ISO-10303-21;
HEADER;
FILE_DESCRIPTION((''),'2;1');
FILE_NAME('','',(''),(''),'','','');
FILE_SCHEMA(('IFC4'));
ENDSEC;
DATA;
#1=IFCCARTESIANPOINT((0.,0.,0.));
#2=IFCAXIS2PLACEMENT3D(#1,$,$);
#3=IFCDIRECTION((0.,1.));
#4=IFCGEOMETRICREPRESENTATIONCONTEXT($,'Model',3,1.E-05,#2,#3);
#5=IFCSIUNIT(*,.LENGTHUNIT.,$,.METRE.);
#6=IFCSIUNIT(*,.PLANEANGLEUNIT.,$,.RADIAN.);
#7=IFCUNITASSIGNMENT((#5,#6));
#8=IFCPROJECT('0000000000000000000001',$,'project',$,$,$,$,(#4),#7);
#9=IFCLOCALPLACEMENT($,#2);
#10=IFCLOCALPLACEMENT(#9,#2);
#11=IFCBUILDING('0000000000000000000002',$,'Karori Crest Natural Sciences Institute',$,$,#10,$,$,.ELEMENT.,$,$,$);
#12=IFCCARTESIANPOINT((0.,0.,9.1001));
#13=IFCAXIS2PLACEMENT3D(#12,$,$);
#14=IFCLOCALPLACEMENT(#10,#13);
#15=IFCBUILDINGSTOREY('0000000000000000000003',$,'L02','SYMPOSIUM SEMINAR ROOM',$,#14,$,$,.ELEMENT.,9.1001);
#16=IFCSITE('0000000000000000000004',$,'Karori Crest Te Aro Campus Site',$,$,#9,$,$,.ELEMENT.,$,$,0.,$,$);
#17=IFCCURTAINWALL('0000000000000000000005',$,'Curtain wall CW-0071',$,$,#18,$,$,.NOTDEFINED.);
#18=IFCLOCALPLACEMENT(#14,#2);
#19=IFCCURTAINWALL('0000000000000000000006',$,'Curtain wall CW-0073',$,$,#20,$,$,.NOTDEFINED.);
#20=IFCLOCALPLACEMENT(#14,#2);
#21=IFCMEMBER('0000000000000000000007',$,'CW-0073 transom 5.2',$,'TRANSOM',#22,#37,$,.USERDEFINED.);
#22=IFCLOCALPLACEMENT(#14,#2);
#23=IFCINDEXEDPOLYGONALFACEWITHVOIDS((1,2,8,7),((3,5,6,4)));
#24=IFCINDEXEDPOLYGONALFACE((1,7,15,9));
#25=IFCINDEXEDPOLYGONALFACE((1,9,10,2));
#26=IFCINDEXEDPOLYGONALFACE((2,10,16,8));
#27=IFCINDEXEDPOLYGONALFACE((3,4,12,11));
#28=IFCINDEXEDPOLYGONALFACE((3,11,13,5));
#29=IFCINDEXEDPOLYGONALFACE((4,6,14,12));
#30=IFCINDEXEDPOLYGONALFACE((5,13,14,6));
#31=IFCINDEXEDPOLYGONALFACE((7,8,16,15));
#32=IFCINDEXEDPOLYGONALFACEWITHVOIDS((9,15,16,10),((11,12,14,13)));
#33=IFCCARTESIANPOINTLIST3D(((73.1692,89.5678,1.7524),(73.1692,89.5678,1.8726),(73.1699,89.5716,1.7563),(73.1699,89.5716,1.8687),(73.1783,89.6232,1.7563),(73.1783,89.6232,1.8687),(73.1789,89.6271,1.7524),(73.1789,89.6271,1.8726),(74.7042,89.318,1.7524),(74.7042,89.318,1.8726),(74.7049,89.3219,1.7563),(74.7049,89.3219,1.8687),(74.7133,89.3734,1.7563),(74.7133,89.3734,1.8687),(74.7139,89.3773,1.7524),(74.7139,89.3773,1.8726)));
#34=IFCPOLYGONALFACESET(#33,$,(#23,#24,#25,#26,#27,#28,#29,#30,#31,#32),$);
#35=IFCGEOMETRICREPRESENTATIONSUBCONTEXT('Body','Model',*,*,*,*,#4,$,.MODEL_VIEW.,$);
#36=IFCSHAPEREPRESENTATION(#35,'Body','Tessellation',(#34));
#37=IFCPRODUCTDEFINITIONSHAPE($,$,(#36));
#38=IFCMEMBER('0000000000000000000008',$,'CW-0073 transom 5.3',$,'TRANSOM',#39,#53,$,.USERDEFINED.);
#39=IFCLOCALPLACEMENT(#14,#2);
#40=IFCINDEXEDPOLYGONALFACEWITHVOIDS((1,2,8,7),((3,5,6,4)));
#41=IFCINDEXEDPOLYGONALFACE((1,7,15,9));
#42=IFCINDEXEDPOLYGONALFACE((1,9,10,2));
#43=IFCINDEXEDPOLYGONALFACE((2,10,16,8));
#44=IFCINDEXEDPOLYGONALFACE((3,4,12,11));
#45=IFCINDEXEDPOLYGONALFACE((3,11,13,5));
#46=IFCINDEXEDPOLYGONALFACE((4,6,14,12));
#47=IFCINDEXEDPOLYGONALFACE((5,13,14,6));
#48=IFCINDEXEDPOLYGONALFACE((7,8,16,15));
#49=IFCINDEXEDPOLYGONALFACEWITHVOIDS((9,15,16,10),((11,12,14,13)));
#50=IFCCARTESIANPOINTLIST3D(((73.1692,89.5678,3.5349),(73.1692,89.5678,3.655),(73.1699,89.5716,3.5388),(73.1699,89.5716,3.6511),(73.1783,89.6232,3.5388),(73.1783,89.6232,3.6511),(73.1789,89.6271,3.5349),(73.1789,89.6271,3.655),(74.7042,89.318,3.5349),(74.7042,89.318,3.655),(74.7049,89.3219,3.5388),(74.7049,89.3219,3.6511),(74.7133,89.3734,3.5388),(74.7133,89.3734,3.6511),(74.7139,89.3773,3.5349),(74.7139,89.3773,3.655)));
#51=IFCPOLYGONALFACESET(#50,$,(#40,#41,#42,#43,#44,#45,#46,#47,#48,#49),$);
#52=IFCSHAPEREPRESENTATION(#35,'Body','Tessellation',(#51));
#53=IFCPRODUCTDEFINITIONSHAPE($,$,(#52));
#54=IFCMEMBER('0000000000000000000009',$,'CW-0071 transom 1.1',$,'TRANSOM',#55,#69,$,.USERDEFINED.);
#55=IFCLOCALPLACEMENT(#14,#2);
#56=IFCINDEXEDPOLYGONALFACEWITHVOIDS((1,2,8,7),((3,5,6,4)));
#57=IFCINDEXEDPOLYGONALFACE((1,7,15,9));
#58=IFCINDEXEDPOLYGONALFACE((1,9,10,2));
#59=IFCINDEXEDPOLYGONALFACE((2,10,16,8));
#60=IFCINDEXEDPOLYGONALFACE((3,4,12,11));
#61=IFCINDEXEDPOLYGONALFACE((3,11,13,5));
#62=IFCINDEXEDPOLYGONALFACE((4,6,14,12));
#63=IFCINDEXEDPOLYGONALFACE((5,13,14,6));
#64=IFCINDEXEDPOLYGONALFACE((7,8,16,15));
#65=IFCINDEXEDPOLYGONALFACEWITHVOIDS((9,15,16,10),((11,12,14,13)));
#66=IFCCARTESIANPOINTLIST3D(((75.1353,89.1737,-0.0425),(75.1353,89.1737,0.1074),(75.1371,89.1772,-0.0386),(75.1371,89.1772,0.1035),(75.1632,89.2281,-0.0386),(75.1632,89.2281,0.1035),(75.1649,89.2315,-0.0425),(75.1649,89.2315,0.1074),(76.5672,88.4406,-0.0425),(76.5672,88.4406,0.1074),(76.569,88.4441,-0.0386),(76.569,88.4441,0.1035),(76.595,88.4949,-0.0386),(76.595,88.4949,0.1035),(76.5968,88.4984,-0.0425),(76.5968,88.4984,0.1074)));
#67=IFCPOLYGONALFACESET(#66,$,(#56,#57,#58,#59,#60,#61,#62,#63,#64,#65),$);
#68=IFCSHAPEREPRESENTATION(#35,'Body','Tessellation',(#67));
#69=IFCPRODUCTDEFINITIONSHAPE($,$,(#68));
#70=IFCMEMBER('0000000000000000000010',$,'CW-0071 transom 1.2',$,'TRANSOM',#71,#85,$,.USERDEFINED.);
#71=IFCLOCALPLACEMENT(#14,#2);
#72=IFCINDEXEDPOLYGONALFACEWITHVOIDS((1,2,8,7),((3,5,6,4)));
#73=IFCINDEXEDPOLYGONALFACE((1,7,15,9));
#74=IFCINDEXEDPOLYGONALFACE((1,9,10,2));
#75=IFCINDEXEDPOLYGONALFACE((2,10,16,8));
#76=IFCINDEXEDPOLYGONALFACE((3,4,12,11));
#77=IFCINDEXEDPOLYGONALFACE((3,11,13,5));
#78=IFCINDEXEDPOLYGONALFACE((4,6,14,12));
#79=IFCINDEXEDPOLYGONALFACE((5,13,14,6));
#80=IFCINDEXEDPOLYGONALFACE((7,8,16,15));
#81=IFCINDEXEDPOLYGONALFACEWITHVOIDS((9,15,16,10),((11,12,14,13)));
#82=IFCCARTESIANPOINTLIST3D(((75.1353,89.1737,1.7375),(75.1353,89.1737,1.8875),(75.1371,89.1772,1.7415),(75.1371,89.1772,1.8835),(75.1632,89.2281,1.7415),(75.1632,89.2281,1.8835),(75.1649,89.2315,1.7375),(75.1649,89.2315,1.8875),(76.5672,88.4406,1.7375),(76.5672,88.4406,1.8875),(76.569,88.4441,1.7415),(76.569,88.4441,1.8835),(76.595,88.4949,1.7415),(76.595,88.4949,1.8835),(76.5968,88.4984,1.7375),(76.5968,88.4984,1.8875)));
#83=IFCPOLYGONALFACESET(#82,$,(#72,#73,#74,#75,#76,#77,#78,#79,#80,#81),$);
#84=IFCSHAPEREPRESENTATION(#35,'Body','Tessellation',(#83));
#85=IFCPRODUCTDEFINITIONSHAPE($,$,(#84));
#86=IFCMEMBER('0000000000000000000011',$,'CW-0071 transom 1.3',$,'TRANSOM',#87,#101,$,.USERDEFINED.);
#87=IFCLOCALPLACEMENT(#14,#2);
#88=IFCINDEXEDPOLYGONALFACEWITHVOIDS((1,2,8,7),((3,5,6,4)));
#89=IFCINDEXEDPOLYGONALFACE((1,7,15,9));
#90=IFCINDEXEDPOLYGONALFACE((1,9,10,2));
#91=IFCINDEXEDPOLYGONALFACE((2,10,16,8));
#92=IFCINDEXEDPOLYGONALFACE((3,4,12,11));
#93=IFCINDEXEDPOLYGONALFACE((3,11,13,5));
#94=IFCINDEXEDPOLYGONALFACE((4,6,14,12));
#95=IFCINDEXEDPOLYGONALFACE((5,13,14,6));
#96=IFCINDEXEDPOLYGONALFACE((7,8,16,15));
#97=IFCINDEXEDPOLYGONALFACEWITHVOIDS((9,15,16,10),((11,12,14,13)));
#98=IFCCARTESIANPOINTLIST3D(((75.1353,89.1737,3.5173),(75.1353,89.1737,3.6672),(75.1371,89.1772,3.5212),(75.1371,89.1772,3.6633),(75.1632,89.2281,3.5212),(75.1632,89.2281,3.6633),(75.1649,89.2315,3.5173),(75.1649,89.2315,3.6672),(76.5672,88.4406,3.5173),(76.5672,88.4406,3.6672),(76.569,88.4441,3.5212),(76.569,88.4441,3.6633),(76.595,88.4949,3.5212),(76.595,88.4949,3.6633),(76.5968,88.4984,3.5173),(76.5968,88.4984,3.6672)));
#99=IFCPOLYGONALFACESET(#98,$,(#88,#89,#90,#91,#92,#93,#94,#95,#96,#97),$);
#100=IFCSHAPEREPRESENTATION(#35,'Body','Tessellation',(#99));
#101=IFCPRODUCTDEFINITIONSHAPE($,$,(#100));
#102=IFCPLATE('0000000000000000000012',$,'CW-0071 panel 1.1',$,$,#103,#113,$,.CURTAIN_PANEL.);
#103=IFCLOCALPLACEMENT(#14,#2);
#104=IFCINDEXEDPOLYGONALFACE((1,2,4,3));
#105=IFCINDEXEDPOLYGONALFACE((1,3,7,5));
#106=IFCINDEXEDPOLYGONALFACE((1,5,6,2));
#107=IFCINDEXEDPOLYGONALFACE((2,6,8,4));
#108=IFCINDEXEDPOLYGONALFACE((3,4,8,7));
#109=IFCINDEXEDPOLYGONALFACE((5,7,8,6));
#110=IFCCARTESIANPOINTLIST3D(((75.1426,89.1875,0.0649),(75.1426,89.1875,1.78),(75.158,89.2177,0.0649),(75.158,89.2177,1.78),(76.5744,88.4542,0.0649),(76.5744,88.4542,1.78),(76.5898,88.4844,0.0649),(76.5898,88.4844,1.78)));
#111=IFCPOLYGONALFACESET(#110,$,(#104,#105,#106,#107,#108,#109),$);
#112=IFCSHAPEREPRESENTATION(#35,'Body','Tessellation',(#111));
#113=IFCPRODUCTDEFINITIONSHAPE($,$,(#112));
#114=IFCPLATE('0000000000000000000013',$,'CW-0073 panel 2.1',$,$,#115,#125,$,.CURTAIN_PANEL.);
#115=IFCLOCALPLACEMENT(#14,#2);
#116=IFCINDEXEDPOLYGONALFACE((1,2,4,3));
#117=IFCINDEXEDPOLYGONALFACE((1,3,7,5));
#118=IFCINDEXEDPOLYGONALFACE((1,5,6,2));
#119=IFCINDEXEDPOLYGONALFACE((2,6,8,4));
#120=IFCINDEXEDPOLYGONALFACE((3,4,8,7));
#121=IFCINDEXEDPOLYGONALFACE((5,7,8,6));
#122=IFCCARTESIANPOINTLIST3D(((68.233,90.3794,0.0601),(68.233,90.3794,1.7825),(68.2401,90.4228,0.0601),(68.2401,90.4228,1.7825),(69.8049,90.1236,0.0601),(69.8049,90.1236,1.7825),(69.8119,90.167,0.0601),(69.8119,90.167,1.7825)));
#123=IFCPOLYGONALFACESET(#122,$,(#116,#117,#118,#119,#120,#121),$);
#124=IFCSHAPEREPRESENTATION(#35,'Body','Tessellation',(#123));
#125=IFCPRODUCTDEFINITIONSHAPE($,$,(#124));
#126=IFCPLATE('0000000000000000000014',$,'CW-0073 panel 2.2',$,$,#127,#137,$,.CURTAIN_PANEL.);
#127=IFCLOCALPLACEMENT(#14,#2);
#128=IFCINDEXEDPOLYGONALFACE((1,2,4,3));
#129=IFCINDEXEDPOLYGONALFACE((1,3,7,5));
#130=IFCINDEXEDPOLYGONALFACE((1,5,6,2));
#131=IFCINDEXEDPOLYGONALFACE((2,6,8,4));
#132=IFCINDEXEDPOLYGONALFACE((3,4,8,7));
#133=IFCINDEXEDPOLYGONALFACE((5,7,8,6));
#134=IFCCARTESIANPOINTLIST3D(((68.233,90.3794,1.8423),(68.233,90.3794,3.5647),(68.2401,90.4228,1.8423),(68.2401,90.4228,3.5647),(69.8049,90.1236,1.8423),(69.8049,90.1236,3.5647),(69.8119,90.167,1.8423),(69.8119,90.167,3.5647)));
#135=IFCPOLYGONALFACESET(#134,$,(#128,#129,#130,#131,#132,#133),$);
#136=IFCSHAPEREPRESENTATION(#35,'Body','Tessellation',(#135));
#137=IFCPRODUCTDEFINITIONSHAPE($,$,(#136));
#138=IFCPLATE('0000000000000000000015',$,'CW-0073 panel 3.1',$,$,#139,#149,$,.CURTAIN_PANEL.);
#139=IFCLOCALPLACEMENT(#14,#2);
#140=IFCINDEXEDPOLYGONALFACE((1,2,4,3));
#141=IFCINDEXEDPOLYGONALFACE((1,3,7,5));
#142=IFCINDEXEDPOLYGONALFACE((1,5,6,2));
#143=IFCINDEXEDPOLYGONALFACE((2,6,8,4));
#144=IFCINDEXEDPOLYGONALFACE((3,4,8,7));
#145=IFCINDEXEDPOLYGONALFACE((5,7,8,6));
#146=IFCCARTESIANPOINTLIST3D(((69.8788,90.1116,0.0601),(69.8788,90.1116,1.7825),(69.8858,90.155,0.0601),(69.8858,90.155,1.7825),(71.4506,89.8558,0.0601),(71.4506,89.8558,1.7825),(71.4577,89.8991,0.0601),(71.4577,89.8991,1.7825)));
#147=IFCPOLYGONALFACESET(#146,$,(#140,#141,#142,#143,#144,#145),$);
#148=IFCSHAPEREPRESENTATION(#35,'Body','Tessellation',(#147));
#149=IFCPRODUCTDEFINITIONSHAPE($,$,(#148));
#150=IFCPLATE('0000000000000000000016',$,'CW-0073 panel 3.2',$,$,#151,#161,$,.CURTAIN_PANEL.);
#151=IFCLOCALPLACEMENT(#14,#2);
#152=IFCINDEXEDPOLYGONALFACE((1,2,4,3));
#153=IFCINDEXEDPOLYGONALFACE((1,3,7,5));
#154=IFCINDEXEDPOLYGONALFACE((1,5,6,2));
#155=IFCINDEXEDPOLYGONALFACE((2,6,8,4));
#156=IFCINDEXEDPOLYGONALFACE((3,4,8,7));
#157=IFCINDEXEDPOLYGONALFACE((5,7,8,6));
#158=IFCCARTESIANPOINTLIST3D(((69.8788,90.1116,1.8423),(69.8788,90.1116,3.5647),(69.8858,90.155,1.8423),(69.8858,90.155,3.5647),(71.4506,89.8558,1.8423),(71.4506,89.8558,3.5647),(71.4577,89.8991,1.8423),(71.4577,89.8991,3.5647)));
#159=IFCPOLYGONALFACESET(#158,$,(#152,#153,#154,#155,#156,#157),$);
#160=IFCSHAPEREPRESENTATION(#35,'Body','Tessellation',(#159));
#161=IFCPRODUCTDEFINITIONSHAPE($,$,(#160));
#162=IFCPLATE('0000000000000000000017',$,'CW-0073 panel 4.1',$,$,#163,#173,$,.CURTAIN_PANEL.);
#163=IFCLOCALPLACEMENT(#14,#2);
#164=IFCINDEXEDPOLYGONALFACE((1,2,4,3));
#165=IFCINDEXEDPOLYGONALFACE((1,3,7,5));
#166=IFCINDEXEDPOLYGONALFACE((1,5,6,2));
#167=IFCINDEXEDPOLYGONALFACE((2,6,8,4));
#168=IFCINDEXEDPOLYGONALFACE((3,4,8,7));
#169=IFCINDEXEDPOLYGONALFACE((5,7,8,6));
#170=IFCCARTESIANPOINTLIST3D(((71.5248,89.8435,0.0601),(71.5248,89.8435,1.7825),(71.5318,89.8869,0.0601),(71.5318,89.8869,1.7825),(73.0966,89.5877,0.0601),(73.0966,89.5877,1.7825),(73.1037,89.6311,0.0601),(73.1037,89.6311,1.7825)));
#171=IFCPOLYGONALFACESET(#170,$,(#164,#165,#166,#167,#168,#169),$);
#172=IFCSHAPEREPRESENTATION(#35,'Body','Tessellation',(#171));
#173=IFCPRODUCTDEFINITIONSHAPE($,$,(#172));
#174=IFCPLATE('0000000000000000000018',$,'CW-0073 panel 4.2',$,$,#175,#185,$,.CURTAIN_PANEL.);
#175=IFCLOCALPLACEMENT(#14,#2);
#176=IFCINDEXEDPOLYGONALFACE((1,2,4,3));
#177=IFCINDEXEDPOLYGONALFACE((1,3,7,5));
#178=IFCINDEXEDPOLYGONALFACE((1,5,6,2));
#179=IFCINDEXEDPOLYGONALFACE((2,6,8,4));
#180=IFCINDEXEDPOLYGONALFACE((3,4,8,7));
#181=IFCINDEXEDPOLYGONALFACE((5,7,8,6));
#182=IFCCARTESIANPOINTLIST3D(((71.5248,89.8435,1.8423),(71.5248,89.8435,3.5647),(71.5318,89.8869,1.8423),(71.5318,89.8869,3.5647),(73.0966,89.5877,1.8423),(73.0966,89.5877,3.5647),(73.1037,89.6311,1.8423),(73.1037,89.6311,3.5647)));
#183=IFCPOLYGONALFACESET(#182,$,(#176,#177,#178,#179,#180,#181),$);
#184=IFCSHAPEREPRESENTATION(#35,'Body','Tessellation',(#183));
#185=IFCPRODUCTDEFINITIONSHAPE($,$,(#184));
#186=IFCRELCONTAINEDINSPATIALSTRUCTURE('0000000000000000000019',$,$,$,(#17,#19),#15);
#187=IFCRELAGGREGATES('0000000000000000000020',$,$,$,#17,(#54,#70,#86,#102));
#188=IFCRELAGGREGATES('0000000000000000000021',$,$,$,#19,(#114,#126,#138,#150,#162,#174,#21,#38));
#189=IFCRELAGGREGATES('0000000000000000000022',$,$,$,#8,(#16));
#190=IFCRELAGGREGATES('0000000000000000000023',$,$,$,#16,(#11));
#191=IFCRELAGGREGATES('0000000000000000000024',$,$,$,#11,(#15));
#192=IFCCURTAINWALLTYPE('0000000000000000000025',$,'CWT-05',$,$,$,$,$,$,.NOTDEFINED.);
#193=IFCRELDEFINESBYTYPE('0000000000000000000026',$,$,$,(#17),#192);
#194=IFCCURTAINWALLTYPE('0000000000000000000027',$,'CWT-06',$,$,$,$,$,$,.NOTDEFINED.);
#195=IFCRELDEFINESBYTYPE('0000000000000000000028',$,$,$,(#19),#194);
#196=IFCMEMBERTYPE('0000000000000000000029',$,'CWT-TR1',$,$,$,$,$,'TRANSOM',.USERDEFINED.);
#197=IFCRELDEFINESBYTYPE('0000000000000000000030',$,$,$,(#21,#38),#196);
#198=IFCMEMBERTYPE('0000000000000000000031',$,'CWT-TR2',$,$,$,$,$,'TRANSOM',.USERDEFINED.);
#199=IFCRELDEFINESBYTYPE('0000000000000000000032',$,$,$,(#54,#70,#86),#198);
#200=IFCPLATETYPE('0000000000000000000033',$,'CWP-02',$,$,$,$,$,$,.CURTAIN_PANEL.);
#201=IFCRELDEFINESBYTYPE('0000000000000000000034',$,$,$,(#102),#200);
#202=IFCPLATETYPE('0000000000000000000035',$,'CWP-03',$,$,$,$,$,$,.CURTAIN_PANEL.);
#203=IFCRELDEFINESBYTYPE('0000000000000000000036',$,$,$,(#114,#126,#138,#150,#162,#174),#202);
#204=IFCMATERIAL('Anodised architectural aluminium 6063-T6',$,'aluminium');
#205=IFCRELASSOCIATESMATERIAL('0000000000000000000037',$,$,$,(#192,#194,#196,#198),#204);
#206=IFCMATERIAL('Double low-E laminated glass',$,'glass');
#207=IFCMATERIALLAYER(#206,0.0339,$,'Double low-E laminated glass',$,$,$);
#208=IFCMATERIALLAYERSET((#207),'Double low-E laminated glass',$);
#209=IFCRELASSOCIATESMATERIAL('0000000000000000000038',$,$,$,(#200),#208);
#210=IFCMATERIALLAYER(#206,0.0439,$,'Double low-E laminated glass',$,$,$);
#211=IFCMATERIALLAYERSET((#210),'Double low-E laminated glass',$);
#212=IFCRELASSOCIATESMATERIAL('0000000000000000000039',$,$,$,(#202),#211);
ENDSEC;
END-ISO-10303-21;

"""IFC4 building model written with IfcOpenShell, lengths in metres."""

from ifc_helpers import new_model, si_unit, direction, frame, origin, origin_2d, place, context, subcontext, project, spatial, rectangle, hollow_rectangle, extrude, material, layer, layer_set, material_profile, profile_set, type_object, element, aggregate, save


model = new_model("IFC4")

# Units and contexts
model_context = context("Model", 3, precision=1e-05, world=origin(), true_north=direction((0.0, 1.0)))
body_context = subcontext(model_context, "Body", "Model", "MODEL_VIEW")
ifc_project = project(units=[si_unit("LENGTHUNIT", "METRE"), si_unit("PLANEANGLEUNIT", "RADIAN")], contexts=[model_context])

# Site, building, storey
site_placement = place(None, origin())
site = spatial("IfcSite", under=ifc_project, at=site_placement, Name="Karori Crest Te Aro Campus Site", CompositionType="ELEMENT", RefElevation=0.0)
building_placement = place(site_placement, origin())
building = spatial("IfcBuilding", under=site, at=building_placement, Name="Karori Crest Natural Sciences Institute", CompositionType="ELEMENT")
storey_placement = place(building_placement, frame((0.0, 0.0, 9.1001)))
storey = spatial("IfcBuildingStorey", under=building, at=storey_placement, Name="L02", Description="SYMPOSIUM SEMINAR ROOM", CompositionType="ELEMENT", Elevation=9.1001)

# Curtain wall
ifc_material_1 = material(Name="Anodised architectural aluminium 6063-T6", Category="aluminium")
curtain_wall_type_1 = type_object("IfcCurtainWallType", Name="CWT-05", PredefinedType="NOTDEFINED", material=ifc_material_1)
curtain_wall_1_placement = place(storey_placement, origin())
curtain_wall_1 = element("IfcCurtainWall", 1, at=curtain_wall_1_placement, inside=storey, type_object=curtain_wall_type_1, Name="Curtain wall CW-0071", PredefinedType="NOTDEFINED")

# Curtain wall, members
curtain_wall_type_2 = type_object("IfcCurtainWallType", Name="CWT-06", PredefinedType="NOTDEFINED", material=ifc_material_1)
curtain_wall_2_placement = place(storey_placement, origin())
curtain_wall_2 = element("IfcCurtainWall", 2, at=curtain_wall_2_placement, inside=storey, type_object=curtain_wall_type_2, Name="Curtain wall CW-0073", PredefinedType="NOTDEFINED")
ifc_material_profile_1 = material_profile(ifc_material_1, hollow_rectangle(XDim=0.0601, YDim=0.1201, WallThickness=0.0039, at=origin_2d()), Name="CWT120x60x4")
ifc_profile_set_1 = profile_set([ifc_material_profile_1], Name="Anodised architectural aluminium 6063-T6")
member_type_1 = type_object("IfcMemberType", Name="CWT-TR1", ElementType="TRANSOM", PredefinedType="USERDEFINED", material=ifc_profile_set_1)
member_1_placement = place(storey_placement, frame((73.1741, 89.5974, 1.8125), z_axis=(0.987019, -0.160604, 0.0), x_axis=(0.160604, 0.987019, 0.0)))
member_1 = element("IfcMember", 3, at=member_1_placement, type_object=member_type_1, Name="CW-0073 transom 5.2", ObjectType="TRANSOM", PredefinedType="USERDEFINED", context=body_context, shape_type="SweptSolid", body=[
    extrude(hollow_rectangle(XDim=0.0601, YDim=0.1201, WallThickness=0.0039, at=origin_2d()), origin(), (0.0, 0.0, 1.0), 1.5552),
])
member_2_placement = place(storey_placement, frame((73.1741, 89.5974, 3.595), z_axis=(0.987019, -0.160604, 0.0), x_axis=(0.160604, 0.987019, 0.0)))
member_2 = element("IfcMember", 4, at=member_2_placement, type_object=member_type_1, Name="CW-0073 transom 5.3", ObjectType="TRANSOM", PredefinedType="USERDEFINED", context=body_context, shape_type="SweptSolid", body=[
    extrude(hollow_rectangle(XDim=0.0601, YDim=0.1201, WallThickness=0.0039, at=origin_2d()), origin(), (0.0, 0.0, 1.0), 1.5552),
])

# Members
ifc_material_profile_2 = material_profile(ifc_material_1, hollow_rectangle(XDim=0.0649, YDim=0.1499, WallThickness=0.0039, at=origin_2d()), Name="CWT150x65x4")
ifc_profile_set_2 = profile_set([ifc_material_profile_2], Name="Anodised architectural aluminium 6063-T6")
member_type_2 = type_object("IfcMemberType", Name="CWT-TR2", ElementType="TRANSOM", PredefinedType="USERDEFINED", material=ifc_profile_set_2)
member_3_placement = place(storey_placement, frame((75.1501, 89.2026, 0.0325), z_axis=(0.890106, -0.455753, 0.0), x_axis=(0.455753, 0.890106, 0.0)))
member_3 = element("IfcMember", 5, at=member_3_placement, type_object=member_type_2, Name="CW-0071 transom 1.1", ObjectType="TRANSOM", PredefinedType="USERDEFINED", context=body_context, shape_type="SweptSolid", body=[
    extrude(hollow_rectangle(XDim=0.0649, YDim=0.1499, WallThickness=0.0039, at=origin_2d()), origin(), (0.0, 0.0, 1.0), 1.6086),
])
member_4_placement = place(storey_placement, frame((75.1501, 89.2026, 1.8125), z_axis=(0.890106, -0.455753, 0.0), x_axis=(0.455753, 0.890106, 0.0)))
member_4 = element("IfcMember", 6, at=member_4_placement, type_object=member_type_2, Name="CW-0071 transom 1.2", ObjectType="TRANSOM", PredefinedType="USERDEFINED", context=body_context, shape_type="SweptSolid", body=[
    extrude(hollow_rectangle(XDim=0.0649, YDim=0.1499, WallThickness=0.0039, at=origin_2d()), origin(), (0.0, 0.0, 1.0), 1.6086),
])
member_5_placement = place(storey_placement, frame((75.1501, 89.2026, 3.5923), z_axis=(0.890106, -0.455753, 0.0), x_axis=(0.455753, 0.890106, 0.0)))
member_5 = element("IfcMember", 7, at=member_5_placement, type_object=member_type_2, Name="CW-0071 transom 1.3", ObjectType="TRANSOM", PredefinedType="USERDEFINED", context=body_context, shape_type="SweptSolid", body=[
    extrude(hollow_rectangle(XDim=0.0649, YDim=0.1499, WallThickness=0.0039, at=origin_2d()), origin(), (0.0, 0.0, 1.0), 1.6086),
])

# Plates
ifc_material_2 = material(Name="Double low-E laminated glass", Category="glass")
ifc_layer_1 = layer(ifc_material_2, 0.0339, Name="Double low-E laminated glass")
ifc_layer_set_1 = layer_set([ifc_layer_1], Name="Double low-E laminated glass")
plate_type_1 = type_object("IfcPlateType", Name="CWP-02", PredefinedType="CURTAIN_PANEL", material=ifc_layer_set_1)
plate_1_placement = place(storey_placement, frame((75.8662, 88.8359, 0.0649), z_axis=(0.0, 0.0, 1.0), x_axis=(0.890065, -0.455833, 0.0)))
plate_1 = element("IfcPlate", 8, at=plate_1_placement, type_object=plate_type_1, Name="CW-0071 panel 1.1", PredefinedType="CURTAIN_PANEL", context=body_context, shape_type="SweptSolid", body=[
    extrude(rectangle(XDim=1.6086, YDim=0.0339, at=origin_2d()), origin(), (0.0, 0.0, 1.0), 1.7151),
])
aggregate(curtain_wall_1, [member_3, member_4, member_5, plate_1])
ifc_layer_2 = layer(ifc_material_2, 0.0439, Name="Double low-E laminated glass")
ifc_layer_set_2 = layer_set([ifc_layer_2], Name="Double low-E laminated glass")
plate_type_2 = type_object("IfcPlateType", Name="CWP-03", PredefinedType="CURTAIN_PANEL", material=ifc_layer_set_2)
plate_2_placement = place(storey_placement, frame((69.0225, 90.2732, 0.0601), z_axis=(0.0, 0.0, 1.0), x_axis=(0.987011, -0.160652, 0.0)))
plate_2 = element("IfcPlate", 9, at=plate_2_placement, type_object=plate_type_2, Name="CW-0073 panel 2.1", PredefinedType="CURTAIN_PANEL", context=body_context, shape_type="SweptSolid", body=[
    extrude(rectangle(XDim=1.5925, YDim=0.0439, at=origin_2d()), origin(), (0.0, 0.0, 1.0), 1.7224),
])
plate_3_placement = place(storey_placement, frame((69.0225, 90.2732, 1.8423), z_axis=(0.0, 0.0, 1.0), x_axis=(0.987011, -0.160652, 0.0)))
plate_3 = element("IfcPlate", 10, at=plate_3_placement, type_object=plate_type_2, Name="CW-0073 panel 2.2", PredefinedType="CURTAIN_PANEL", context=body_context, shape_type="SweptSolid", body=[
    extrude(rectangle(XDim=1.5925, YDim=0.0439, at=origin_2d()), origin(), (0.0, 0.0, 1.0), 1.7224),
])
plate_4_placement = place(storey_placement, frame((70.6682, 90.0054, 0.0601), z_axis=(0.0, 0.0, 1.0), x_axis=(0.987011, -0.160652, 0.0)))
plate_4 = element("IfcPlate", 11, at=plate_4_placement, type_object=plate_type_2, Name="CW-0073 panel 3.1", PredefinedType="CURTAIN_PANEL", context=body_context, shape_type="SweptSolid", body=[
    extrude(rectangle(XDim=1.5925, YDim=0.0439, at=origin_2d()), origin(), (0.0, 0.0, 1.0), 1.7224),
])
plate_5_placement = place(storey_placement, frame((70.6682, 90.0054, 1.8423), z_axis=(0.0, 0.0, 1.0), x_axis=(0.987011, -0.160652, 0.0)))
plate_5 = element("IfcPlate", 12, at=plate_5_placement, type_object=plate_type_2, Name="CW-0073 panel 3.2", PredefinedType="CURTAIN_PANEL", context=body_context, shape_type="SweptSolid", body=[
    extrude(rectangle(XDim=1.5925, YDim=0.0439, at=origin_2d()), origin(), (0.0, 0.0, 1.0), 1.7224),
])
plate_6_placement = place(storey_placement, frame((72.3142, 89.7373, 0.0601), z_axis=(0.0, 0.0, 1.0), x_axis=(0.987011, -0.160652, 0.0)))
plate_6 = element("IfcPlate", 13, at=plate_6_placement, type_object=plate_type_2, Name="CW-0073 panel 4.1", PredefinedType="CURTAIN_PANEL", context=body_context, shape_type="SweptSolid", body=[
    extrude(rectangle(XDim=1.5925, YDim=0.0439, at=origin_2d()), origin(), (0.0, 0.0, 1.0), 1.7224),
])
plate_7_placement = place(storey_placement, frame((72.3142, 89.7373, 1.8423), z_axis=(0.0, 0.0, 1.0), x_axis=(0.987011, -0.160652, 0.0)))
plate_7 = element("IfcPlate", 14, at=plate_7_placement, type_object=plate_type_2, Name="CW-0073 panel 4.2", PredefinedType="CURTAIN_PANEL", context=body_context, shape_type="SweptSolid", body=[
    extrude(rectangle(XDim=1.5925, YDim=0.0439, at=origin_2d()), origin(), (0.0, 0.0, 1.0), 1.7224),
])
aggregate(curtain_wall_2, [plate_2, plate_3, plate_4, plate_5, plate_6, plate_7, member_1, member_2])

save(model, "model.ifc")
